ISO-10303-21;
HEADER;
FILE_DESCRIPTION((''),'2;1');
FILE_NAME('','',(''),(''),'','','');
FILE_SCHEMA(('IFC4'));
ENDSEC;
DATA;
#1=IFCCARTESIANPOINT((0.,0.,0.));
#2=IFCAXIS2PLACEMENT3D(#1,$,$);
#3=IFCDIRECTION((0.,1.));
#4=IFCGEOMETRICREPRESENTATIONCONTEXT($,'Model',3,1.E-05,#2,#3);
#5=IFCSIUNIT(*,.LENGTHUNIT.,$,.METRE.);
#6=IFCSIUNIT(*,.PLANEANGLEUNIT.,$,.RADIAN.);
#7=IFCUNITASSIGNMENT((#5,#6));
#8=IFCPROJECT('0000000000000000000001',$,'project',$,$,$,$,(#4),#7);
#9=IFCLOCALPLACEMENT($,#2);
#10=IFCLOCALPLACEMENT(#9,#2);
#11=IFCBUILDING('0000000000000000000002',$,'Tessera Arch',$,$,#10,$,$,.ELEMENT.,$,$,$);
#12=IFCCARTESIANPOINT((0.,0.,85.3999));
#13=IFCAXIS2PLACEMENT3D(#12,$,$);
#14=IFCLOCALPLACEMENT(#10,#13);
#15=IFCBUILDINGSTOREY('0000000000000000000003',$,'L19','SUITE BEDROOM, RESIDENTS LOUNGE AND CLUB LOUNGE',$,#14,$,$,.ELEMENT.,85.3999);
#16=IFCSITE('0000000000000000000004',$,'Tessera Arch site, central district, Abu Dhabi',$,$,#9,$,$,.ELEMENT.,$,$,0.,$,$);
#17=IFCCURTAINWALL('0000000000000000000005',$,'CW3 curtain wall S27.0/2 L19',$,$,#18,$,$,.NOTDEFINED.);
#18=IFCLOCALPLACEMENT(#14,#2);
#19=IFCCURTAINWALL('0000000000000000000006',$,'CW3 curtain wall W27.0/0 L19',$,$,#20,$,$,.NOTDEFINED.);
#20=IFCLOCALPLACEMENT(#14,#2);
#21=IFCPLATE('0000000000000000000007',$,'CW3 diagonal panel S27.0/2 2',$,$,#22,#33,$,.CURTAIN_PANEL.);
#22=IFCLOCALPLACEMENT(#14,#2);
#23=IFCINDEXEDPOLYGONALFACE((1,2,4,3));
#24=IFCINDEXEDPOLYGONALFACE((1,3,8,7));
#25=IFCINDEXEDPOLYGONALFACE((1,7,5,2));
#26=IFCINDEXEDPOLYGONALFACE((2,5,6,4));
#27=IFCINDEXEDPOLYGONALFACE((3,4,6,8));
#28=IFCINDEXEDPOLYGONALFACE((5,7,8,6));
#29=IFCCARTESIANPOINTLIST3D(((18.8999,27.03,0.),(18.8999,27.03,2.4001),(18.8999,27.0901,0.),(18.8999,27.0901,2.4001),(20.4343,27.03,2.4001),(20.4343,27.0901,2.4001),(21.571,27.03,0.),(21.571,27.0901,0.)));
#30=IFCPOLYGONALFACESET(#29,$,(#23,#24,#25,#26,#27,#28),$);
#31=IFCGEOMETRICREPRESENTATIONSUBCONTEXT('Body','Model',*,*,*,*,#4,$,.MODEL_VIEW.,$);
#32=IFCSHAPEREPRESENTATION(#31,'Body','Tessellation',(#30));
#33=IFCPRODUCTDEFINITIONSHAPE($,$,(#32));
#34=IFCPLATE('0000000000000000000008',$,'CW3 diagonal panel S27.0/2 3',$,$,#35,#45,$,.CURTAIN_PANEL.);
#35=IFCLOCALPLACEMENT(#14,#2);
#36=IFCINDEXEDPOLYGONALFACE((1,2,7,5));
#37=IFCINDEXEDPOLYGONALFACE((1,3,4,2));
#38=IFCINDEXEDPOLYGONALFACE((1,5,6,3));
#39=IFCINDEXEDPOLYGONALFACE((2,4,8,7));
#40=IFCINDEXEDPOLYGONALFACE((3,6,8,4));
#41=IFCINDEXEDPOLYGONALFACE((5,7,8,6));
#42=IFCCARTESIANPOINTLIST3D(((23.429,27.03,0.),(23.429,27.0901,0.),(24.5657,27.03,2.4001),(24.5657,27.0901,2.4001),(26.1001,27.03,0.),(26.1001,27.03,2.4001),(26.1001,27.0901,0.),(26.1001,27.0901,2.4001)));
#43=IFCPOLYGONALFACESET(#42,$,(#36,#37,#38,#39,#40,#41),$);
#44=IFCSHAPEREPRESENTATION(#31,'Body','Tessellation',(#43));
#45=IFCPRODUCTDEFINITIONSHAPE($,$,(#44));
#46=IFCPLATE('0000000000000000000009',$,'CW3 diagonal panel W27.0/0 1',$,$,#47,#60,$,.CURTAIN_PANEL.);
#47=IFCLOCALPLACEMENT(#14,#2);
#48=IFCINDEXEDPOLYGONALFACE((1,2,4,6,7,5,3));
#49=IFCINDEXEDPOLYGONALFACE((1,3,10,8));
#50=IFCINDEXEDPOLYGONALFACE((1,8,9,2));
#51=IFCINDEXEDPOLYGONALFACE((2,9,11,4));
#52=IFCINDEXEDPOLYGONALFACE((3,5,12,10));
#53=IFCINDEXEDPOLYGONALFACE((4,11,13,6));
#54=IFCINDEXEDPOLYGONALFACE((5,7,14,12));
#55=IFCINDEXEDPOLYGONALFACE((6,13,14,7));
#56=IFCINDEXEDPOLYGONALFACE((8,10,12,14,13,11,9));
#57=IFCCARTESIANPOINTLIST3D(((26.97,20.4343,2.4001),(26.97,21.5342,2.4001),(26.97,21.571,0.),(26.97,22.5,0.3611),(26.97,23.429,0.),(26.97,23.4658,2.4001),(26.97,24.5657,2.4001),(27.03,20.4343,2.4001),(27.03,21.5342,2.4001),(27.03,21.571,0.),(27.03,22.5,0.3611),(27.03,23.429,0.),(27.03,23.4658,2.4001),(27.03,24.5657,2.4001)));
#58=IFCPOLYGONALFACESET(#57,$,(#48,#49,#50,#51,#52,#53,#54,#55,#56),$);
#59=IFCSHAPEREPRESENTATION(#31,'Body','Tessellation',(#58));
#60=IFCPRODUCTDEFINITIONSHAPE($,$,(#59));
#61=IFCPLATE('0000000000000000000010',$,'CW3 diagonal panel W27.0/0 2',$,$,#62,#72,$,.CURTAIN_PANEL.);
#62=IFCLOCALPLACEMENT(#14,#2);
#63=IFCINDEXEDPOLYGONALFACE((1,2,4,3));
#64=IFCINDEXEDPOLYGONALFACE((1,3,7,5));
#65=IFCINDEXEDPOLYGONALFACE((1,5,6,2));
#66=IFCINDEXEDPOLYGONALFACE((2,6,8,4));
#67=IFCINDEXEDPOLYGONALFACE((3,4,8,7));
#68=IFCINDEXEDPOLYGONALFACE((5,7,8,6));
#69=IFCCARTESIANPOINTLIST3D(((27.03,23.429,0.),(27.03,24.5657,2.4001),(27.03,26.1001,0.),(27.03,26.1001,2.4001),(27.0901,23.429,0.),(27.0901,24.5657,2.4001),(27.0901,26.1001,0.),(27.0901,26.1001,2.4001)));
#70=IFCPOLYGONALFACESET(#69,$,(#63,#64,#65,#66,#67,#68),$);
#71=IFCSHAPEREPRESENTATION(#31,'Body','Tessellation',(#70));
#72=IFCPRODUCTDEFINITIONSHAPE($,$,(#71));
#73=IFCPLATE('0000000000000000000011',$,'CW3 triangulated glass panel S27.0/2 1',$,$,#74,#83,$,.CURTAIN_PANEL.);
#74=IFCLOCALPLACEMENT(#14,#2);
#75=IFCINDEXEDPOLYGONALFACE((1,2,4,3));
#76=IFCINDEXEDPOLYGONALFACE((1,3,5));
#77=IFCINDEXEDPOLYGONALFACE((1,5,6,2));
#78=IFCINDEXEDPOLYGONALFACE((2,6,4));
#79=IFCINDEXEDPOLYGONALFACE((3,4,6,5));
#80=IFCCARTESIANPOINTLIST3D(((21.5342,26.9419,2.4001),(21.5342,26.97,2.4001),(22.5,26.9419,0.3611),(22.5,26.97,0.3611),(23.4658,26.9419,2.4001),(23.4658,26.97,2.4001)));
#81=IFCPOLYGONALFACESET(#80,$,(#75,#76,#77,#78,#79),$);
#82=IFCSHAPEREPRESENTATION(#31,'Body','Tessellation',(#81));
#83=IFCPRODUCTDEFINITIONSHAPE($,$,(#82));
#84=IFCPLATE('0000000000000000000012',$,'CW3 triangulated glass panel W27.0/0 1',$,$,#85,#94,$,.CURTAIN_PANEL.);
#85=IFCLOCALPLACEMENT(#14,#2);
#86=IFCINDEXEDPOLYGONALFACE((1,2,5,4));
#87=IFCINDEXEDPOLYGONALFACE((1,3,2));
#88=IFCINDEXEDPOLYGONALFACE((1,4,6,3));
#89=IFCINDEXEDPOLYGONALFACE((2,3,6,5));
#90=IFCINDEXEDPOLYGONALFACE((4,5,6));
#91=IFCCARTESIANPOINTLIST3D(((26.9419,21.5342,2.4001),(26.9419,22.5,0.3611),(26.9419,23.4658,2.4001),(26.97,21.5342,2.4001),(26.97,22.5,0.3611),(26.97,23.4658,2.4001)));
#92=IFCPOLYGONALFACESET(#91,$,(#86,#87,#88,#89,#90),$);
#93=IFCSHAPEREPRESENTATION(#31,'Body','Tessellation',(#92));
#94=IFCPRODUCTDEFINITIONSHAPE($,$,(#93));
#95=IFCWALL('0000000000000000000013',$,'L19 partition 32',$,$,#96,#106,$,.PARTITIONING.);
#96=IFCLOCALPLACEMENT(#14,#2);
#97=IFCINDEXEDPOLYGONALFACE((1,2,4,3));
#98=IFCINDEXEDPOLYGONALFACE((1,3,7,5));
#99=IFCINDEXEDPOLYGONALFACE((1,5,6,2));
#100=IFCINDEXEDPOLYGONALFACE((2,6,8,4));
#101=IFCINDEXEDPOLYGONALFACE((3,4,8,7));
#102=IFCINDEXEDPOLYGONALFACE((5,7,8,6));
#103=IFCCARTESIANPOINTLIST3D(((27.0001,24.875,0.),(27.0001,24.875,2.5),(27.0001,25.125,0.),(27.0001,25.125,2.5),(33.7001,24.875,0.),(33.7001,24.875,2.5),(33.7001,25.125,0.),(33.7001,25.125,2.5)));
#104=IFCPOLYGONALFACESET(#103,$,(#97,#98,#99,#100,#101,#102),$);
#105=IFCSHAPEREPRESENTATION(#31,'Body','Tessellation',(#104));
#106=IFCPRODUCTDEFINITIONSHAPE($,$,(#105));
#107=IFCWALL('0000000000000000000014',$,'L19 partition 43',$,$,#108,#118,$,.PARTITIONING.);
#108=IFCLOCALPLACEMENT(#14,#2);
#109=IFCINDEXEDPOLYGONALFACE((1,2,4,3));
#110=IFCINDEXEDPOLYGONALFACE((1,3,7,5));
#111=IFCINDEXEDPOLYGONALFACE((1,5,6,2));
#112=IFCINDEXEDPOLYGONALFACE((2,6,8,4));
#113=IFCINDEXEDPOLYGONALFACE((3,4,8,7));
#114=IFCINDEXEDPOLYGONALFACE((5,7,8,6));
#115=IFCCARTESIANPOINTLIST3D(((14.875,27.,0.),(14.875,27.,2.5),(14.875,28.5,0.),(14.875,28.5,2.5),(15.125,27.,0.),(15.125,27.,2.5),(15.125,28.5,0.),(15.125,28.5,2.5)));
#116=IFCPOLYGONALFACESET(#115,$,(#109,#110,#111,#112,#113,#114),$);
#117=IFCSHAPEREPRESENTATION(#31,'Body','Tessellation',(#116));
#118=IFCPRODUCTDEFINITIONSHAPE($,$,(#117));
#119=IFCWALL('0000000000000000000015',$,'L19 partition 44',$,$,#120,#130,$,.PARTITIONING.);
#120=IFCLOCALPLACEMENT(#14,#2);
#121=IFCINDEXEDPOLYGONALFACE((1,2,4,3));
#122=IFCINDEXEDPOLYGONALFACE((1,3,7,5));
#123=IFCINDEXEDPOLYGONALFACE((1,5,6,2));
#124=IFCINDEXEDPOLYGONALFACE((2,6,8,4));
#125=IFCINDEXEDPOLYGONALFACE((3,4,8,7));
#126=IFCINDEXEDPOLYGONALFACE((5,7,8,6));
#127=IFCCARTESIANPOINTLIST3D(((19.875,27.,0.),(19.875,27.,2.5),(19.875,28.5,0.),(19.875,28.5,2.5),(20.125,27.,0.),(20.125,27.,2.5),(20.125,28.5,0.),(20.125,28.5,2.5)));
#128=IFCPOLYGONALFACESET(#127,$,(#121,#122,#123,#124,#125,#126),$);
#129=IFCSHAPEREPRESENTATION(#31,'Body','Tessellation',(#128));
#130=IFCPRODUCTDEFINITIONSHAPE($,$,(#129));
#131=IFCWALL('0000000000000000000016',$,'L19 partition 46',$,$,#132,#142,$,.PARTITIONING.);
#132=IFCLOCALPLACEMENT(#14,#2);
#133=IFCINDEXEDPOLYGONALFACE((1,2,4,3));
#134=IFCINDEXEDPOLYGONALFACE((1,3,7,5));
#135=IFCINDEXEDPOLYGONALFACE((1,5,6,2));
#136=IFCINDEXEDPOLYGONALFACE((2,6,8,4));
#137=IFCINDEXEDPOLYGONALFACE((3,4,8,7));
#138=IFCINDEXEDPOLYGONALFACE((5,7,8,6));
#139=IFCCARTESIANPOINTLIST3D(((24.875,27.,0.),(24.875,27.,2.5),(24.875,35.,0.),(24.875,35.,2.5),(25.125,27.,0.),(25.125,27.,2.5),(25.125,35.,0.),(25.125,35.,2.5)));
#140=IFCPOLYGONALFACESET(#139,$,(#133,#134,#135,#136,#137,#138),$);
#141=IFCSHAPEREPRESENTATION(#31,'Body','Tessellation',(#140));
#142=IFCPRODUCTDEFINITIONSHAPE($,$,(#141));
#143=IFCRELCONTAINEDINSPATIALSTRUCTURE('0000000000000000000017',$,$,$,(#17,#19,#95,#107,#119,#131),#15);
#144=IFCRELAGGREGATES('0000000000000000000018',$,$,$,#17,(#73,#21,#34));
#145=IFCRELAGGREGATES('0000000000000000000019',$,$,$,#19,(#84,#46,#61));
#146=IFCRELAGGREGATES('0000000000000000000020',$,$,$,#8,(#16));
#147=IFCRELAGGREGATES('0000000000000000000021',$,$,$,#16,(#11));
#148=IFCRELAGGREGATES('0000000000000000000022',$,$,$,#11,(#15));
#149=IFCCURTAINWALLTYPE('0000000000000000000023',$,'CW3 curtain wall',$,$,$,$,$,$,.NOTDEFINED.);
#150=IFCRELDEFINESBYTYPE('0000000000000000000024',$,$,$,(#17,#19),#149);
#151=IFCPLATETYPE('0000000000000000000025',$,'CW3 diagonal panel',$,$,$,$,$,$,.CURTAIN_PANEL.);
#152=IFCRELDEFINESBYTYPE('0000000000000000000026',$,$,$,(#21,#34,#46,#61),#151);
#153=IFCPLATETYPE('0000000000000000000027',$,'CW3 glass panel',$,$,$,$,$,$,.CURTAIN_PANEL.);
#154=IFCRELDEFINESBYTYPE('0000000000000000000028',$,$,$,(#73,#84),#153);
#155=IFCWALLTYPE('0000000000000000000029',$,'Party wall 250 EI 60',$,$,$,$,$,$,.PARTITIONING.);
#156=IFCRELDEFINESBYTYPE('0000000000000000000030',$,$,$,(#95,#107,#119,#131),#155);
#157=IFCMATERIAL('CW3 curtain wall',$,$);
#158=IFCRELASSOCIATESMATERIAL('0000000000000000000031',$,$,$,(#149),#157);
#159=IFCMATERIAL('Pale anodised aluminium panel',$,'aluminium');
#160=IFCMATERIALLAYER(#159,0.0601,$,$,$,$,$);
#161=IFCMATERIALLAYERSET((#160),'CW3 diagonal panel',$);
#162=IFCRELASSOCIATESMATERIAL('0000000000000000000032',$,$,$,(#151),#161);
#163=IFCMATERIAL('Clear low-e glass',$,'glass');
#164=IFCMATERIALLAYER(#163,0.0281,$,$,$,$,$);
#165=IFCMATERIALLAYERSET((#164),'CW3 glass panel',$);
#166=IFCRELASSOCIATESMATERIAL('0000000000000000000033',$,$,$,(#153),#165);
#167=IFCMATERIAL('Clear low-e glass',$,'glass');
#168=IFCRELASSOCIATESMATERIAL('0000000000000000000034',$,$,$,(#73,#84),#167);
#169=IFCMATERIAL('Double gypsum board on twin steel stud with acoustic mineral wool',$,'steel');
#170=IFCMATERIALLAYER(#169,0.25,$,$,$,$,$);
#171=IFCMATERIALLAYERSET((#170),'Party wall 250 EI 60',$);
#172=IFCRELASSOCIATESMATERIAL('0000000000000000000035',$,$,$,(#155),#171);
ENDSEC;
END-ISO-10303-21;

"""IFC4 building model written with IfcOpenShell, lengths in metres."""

from ifc_helpers import new_model, si_unit, direction, frame, frame_2d, origin, place, context, subcontext, project, spatial, polyline, rectangle, outline, extrude, material, layer, layer_set, type_object, element, aggregate, save


model = new_model("IFC4")

# Units and contexts
model_context = context("Model", 3, precision=1e-05, world=origin(), true_north=direction((0.0, 1.0)))
body_context = subcontext(model_context, "Body", "Model", "MODEL_VIEW")
ifc_project = project(units=[si_unit("LENGTHUNIT", "METRE"), si_unit("PLANEANGLEUNIT", "RADIAN")], contexts=[model_context])

# Site, building, storey
site_placement = place(None, origin())
site = spatial("IfcSite", under=ifc_project, at=site_placement, Name="Tessera Arch site, central district, Abu Dhabi", CompositionType="ELEMENT", RefElevation=0.0)
building_placement = place(site_placement, origin())
building = spatial("IfcBuilding", under=site, at=building_placement, Name="Tessera Arch", CompositionType="ELEMENT")
storey_placement = place(building_placement, frame((0.0, 0.0, 85.3999)))
storey = spatial("IfcBuildingStorey", under=building, at=storey_placement, Name="L19", Description="SUITE BEDROOM, RESIDENTS LOUNGE AND CLUB LOUNGE", CompositionType="ELEMENT", Elevation=85.3999)

# Curtain walls
ifc_material_1 = material(Name="CW3 curtain wall")
curtain_wall_type_1 = type_object("IfcCurtainWallType", Name="CW3 curtain wall", PredefinedType="NOTDEFINED", material=ifc_material_1)
curtain_wall_1_placement = place(storey_placement, origin())
curtain_wall_1 = element("IfcCurtainWall", 1, at=curtain_wall_1_placement, inside=storey, type_object=curtain_wall_type_1, Name="CW3 curtain wall S27.0/2 L19", PredefinedType="NOTDEFINED")
curtain_wall_2_placement = place(storey_placement, origin())
curtain_wall_2 = element("IfcCurtainWall", 2, at=curtain_wall_2_placement, inside=storey, type_object=curtain_wall_type_1, Name="CW3 curtain wall W27.0/0 L19", PredefinedType="NOTDEFINED")

# Plates
ifc_material_2 = material(Name="Clear low-e glass", Category="glass")
ifc_material_3 = material(Name="Pale anodised aluminium panel", Category="aluminium")
ifc_layer_1 = layer(ifc_material_3, 0.0601)
ifc_layer_set_1 = layer_set([ifc_layer_1], Name="CW3 diagonal panel")
plate_type_1 = type_object("IfcPlateType", Name="CW3 diagonal panel", PredefinedType="CURTAIN_PANEL", material=ifc_layer_set_1)
plate_1_placement = place(storey_placement, frame((18.8999, 27.03, 0.0), z_axis=(0.0, -1.0, 0.0), x_axis=(1.0, 0.0, 0.0)))
plate_1 = element("IfcPlate", 3, at=plate_1_placement, type_object=plate_type_1, Name="CW3 diagonal panel S27.0/2 2", PredefinedType="CURTAIN_PANEL", context=body_context, shape_type="SweptSolid", body=[
    extrude(outline(polyline([(0.0, 0.0), (2.6711, 0.0), (1.5344, 2.4001), (0.0, 2.4001), (0.0, 0.0)])), origin(), (0.0, 0.0, -1.0), 0.0601),
])
plate_2_placement = place(storey_placement, frame((26.1001, 27.03, 2.4001), z_axis=(0.0, -1.0, 0.0), x_axis=(-1.0, 0.0, 0.0)))
plate_2 = element("IfcPlate", 4, at=plate_2_placement, type_object=plate_type_1, Name="CW3 diagonal panel S27.0/2 3", PredefinedType="CURTAIN_PANEL", context=body_context, shape_type="SweptSolid", body=[
    extrude(outline(polyline([(0.0, 0.0), (1.5344, 0.0), (2.6711, 2.4001), (0.0, 2.4001), (0.0, 0.0)])), origin(), (0.0, 0.0, -1.0), 0.0601),
])
plate_3_placement = place(storey_placement, frame((26.97, 20.4343, 2.4001), z_axis=(-1.0, 0.0, 0.0), x_axis=(0.0, 1.0, 0.0)))
plate_3 = element("IfcPlate", 5, at=plate_3_placement, type_object=plate_type_1, Name="CW3 diagonal panel W27.0/0 1", PredefinedType="CURTAIN_PANEL", context=body_context, shape_type="SweptSolid", body=[
    extrude(outline(polyline([(0.0, 0.0), (1.0999, 0.0), (2.0657, 2.0391), (3.0315, 0.0), (4.1313, 0.0), (2.9946, 2.4001), (1.1367, 2.4001), (0.0, 0.0)])), origin(), (0.0, 0.0, -1.0), 0.0601),
])
plate_4_placement = place(storey_placement, frame((27.03, 26.1001, 0.0), z_axis=(-1.0, 0.0, 0.0), x_axis=(0.0, -1.0, 0.0)))
plate_4 = element("IfcPlate", 6, at=plate_4_placement, type_object=plate_type_1, Name="CW3 diagonal panel W27.0/0 2", PredefinedType="CURTAIN_PANEL", context=body_context, shape_type="SweptSolid", body=[
    extrude(outline(polyline([(0.0, 0.0), (2.6711, 0.0), (1.5344, 2.4001), (0.0, 2.4001), (0.0, 0.0)])), origin(), (0.0, 0.0, -1.0), 0.0601),
])
ifc_material_4 = material(Name="Clear low-e glass", Category="glass")
ifc_layer_2 = layer(ifc_material_4, 0.0281)
ifc_layer_set_2 = layer_set([ifc_layer_2], Name="CW3 glass panel")
plate_type_2 = type_object("IfcPlateType", Name="CW3 glass panel", PredefinedType="CURTAIN_PANEL", material=ifc_layer_set_2)
plate_5_placement = place(storey_placement, frame((23.4658, 26.9419, 2.4001), z_axis=(0.0, -1.0, 0.0), x_axis=(-1.0, 0.0, 0.0)))
plate_5 = element("IfcPlate", 7, at=plate_5_placement, type_object=plate_type_2, material=ifc_material_2, Name="CW3 triangulated glass panel S27.0/2 1", PredefinedType="CURTAIN_PANEL", context=body_context, shape_type="SweptSolid", body=[
    extrude(outline(polyline([(0.0, 0.0), (1.9316, 0.0), (0.9658, 2.0391), (0.0, 0.0)])), origin(), (0.0, 0.0, -1.0), 0.0281),
])
aggregate(curtain_wall_1, [plate_5, plate_1, plate_2])
plate_6_placement = place(storey_placement, frame((26.9419, 21.5342, 2.4001), z_axis=(-1.0, 0.0, 0.0), x_axis=(0.0, 1.0, 0.0)))
plate_6 = element("IfcPlate", 8, at=plate_6_placement, type_object=plate_type_2, material=ifc_material_2, Name="CW3 triangulated glass panel W27.0/0 1", PredefinedType="CURTAIN_PANEL", context=body_context, shape_type="SweptSolid", body=[
    extrude(outline(polyline([(0.0, 0.0), (1.9316, 0.0), (0.9658, 2.0391), (0.0, 0.0)])), origin(), (0.0, 0.0, -1.0), 0.0281),
])
aggregate(curtain_wall_2, [plate_6, plate_3, plate_4])

# Walls
ifc_material_5 = material(Name="Double gypsum board on twin steel stud with acoustic mineral wool", Category="steel")
ifc_layer_3 = layer(ifc_material_5, 0.25)
ifc_layer_set_3 = layer_set([ifc_layer_3], Name="Party wall 250 EI 60")
wall_type = type_object("IfcWallType", Name="Party wall 250 EI 60", PredefinedType="PARTITIONING", material=ifc_layer_set_3)
wall_1_placement = place(storey_placement, frame((27.0, 25.0, 0.0), z_axis=(0.0, 0.0, 1.0), x_axis=(1.0, 0.0, 0.0)))
element("IfcWall", 9, at=wall_1_placement, inside=storey, type_object=wall_type, Name="L19 partition 32", PredefinedType="PARTITIONING", context=body_context, shape_type="SweptSolid", body=[
    extrude(rectangle(XDim=6.7, YDim=0.25, at=frame_2d((3.3501, 0.0))), origin(), (0.0, 0.0, 1.0), 2.5),
])
for number, where, z_axis, x_axis, name in (
    (10, (15.0, 27.0, 0.0), (0.0, 0.0, 1.0), (0.0, 1.0, 0.0), "L19 partition 43"),
    (11, (20.0, 27.0, 0.0), (0.0, 0.0, 1.0), (0.0, 1.0, 0.0), "L19 partition 44"),
):
    element("IfcWall", number, at=place(storey_placement, frame(where, z_axis=z_axis, x_axis=x_axis)), inside=storey, type_object=wall_type, Name=name, PredefinedType="PARTITIONING", context=body_context, shape_type="SweptSolid", body=[
        extrude(rectangle(XDim=1.5, YDim=0.25, at=frame_2d((0.75, 0.0))), origin(), (0.0, 0.0, 1.0), 2.5),
    ])
wall_2_placement = place(storey_placement, frame((25.0, 27.0, 0.0), z_axis=(0.0, 0.0, 1.0), x_axis=(0.0, 1.0, 0.0)))
element("IfcWall", 12, at=wall_2_placement, inside=storey, type_object=wall_type, Name="L19 partition 46", PredefinedType="PARTITIONING", context=body_context, shape_type="SweptSolid", body=[
    extrude(rectangle(XDim=8.0, YDim=0.25, at=frame_2d((4.0, 0.0))), origin(), (0.0, 0.0, 1.0), 2.5),
])

save(model, "model.ifc")
